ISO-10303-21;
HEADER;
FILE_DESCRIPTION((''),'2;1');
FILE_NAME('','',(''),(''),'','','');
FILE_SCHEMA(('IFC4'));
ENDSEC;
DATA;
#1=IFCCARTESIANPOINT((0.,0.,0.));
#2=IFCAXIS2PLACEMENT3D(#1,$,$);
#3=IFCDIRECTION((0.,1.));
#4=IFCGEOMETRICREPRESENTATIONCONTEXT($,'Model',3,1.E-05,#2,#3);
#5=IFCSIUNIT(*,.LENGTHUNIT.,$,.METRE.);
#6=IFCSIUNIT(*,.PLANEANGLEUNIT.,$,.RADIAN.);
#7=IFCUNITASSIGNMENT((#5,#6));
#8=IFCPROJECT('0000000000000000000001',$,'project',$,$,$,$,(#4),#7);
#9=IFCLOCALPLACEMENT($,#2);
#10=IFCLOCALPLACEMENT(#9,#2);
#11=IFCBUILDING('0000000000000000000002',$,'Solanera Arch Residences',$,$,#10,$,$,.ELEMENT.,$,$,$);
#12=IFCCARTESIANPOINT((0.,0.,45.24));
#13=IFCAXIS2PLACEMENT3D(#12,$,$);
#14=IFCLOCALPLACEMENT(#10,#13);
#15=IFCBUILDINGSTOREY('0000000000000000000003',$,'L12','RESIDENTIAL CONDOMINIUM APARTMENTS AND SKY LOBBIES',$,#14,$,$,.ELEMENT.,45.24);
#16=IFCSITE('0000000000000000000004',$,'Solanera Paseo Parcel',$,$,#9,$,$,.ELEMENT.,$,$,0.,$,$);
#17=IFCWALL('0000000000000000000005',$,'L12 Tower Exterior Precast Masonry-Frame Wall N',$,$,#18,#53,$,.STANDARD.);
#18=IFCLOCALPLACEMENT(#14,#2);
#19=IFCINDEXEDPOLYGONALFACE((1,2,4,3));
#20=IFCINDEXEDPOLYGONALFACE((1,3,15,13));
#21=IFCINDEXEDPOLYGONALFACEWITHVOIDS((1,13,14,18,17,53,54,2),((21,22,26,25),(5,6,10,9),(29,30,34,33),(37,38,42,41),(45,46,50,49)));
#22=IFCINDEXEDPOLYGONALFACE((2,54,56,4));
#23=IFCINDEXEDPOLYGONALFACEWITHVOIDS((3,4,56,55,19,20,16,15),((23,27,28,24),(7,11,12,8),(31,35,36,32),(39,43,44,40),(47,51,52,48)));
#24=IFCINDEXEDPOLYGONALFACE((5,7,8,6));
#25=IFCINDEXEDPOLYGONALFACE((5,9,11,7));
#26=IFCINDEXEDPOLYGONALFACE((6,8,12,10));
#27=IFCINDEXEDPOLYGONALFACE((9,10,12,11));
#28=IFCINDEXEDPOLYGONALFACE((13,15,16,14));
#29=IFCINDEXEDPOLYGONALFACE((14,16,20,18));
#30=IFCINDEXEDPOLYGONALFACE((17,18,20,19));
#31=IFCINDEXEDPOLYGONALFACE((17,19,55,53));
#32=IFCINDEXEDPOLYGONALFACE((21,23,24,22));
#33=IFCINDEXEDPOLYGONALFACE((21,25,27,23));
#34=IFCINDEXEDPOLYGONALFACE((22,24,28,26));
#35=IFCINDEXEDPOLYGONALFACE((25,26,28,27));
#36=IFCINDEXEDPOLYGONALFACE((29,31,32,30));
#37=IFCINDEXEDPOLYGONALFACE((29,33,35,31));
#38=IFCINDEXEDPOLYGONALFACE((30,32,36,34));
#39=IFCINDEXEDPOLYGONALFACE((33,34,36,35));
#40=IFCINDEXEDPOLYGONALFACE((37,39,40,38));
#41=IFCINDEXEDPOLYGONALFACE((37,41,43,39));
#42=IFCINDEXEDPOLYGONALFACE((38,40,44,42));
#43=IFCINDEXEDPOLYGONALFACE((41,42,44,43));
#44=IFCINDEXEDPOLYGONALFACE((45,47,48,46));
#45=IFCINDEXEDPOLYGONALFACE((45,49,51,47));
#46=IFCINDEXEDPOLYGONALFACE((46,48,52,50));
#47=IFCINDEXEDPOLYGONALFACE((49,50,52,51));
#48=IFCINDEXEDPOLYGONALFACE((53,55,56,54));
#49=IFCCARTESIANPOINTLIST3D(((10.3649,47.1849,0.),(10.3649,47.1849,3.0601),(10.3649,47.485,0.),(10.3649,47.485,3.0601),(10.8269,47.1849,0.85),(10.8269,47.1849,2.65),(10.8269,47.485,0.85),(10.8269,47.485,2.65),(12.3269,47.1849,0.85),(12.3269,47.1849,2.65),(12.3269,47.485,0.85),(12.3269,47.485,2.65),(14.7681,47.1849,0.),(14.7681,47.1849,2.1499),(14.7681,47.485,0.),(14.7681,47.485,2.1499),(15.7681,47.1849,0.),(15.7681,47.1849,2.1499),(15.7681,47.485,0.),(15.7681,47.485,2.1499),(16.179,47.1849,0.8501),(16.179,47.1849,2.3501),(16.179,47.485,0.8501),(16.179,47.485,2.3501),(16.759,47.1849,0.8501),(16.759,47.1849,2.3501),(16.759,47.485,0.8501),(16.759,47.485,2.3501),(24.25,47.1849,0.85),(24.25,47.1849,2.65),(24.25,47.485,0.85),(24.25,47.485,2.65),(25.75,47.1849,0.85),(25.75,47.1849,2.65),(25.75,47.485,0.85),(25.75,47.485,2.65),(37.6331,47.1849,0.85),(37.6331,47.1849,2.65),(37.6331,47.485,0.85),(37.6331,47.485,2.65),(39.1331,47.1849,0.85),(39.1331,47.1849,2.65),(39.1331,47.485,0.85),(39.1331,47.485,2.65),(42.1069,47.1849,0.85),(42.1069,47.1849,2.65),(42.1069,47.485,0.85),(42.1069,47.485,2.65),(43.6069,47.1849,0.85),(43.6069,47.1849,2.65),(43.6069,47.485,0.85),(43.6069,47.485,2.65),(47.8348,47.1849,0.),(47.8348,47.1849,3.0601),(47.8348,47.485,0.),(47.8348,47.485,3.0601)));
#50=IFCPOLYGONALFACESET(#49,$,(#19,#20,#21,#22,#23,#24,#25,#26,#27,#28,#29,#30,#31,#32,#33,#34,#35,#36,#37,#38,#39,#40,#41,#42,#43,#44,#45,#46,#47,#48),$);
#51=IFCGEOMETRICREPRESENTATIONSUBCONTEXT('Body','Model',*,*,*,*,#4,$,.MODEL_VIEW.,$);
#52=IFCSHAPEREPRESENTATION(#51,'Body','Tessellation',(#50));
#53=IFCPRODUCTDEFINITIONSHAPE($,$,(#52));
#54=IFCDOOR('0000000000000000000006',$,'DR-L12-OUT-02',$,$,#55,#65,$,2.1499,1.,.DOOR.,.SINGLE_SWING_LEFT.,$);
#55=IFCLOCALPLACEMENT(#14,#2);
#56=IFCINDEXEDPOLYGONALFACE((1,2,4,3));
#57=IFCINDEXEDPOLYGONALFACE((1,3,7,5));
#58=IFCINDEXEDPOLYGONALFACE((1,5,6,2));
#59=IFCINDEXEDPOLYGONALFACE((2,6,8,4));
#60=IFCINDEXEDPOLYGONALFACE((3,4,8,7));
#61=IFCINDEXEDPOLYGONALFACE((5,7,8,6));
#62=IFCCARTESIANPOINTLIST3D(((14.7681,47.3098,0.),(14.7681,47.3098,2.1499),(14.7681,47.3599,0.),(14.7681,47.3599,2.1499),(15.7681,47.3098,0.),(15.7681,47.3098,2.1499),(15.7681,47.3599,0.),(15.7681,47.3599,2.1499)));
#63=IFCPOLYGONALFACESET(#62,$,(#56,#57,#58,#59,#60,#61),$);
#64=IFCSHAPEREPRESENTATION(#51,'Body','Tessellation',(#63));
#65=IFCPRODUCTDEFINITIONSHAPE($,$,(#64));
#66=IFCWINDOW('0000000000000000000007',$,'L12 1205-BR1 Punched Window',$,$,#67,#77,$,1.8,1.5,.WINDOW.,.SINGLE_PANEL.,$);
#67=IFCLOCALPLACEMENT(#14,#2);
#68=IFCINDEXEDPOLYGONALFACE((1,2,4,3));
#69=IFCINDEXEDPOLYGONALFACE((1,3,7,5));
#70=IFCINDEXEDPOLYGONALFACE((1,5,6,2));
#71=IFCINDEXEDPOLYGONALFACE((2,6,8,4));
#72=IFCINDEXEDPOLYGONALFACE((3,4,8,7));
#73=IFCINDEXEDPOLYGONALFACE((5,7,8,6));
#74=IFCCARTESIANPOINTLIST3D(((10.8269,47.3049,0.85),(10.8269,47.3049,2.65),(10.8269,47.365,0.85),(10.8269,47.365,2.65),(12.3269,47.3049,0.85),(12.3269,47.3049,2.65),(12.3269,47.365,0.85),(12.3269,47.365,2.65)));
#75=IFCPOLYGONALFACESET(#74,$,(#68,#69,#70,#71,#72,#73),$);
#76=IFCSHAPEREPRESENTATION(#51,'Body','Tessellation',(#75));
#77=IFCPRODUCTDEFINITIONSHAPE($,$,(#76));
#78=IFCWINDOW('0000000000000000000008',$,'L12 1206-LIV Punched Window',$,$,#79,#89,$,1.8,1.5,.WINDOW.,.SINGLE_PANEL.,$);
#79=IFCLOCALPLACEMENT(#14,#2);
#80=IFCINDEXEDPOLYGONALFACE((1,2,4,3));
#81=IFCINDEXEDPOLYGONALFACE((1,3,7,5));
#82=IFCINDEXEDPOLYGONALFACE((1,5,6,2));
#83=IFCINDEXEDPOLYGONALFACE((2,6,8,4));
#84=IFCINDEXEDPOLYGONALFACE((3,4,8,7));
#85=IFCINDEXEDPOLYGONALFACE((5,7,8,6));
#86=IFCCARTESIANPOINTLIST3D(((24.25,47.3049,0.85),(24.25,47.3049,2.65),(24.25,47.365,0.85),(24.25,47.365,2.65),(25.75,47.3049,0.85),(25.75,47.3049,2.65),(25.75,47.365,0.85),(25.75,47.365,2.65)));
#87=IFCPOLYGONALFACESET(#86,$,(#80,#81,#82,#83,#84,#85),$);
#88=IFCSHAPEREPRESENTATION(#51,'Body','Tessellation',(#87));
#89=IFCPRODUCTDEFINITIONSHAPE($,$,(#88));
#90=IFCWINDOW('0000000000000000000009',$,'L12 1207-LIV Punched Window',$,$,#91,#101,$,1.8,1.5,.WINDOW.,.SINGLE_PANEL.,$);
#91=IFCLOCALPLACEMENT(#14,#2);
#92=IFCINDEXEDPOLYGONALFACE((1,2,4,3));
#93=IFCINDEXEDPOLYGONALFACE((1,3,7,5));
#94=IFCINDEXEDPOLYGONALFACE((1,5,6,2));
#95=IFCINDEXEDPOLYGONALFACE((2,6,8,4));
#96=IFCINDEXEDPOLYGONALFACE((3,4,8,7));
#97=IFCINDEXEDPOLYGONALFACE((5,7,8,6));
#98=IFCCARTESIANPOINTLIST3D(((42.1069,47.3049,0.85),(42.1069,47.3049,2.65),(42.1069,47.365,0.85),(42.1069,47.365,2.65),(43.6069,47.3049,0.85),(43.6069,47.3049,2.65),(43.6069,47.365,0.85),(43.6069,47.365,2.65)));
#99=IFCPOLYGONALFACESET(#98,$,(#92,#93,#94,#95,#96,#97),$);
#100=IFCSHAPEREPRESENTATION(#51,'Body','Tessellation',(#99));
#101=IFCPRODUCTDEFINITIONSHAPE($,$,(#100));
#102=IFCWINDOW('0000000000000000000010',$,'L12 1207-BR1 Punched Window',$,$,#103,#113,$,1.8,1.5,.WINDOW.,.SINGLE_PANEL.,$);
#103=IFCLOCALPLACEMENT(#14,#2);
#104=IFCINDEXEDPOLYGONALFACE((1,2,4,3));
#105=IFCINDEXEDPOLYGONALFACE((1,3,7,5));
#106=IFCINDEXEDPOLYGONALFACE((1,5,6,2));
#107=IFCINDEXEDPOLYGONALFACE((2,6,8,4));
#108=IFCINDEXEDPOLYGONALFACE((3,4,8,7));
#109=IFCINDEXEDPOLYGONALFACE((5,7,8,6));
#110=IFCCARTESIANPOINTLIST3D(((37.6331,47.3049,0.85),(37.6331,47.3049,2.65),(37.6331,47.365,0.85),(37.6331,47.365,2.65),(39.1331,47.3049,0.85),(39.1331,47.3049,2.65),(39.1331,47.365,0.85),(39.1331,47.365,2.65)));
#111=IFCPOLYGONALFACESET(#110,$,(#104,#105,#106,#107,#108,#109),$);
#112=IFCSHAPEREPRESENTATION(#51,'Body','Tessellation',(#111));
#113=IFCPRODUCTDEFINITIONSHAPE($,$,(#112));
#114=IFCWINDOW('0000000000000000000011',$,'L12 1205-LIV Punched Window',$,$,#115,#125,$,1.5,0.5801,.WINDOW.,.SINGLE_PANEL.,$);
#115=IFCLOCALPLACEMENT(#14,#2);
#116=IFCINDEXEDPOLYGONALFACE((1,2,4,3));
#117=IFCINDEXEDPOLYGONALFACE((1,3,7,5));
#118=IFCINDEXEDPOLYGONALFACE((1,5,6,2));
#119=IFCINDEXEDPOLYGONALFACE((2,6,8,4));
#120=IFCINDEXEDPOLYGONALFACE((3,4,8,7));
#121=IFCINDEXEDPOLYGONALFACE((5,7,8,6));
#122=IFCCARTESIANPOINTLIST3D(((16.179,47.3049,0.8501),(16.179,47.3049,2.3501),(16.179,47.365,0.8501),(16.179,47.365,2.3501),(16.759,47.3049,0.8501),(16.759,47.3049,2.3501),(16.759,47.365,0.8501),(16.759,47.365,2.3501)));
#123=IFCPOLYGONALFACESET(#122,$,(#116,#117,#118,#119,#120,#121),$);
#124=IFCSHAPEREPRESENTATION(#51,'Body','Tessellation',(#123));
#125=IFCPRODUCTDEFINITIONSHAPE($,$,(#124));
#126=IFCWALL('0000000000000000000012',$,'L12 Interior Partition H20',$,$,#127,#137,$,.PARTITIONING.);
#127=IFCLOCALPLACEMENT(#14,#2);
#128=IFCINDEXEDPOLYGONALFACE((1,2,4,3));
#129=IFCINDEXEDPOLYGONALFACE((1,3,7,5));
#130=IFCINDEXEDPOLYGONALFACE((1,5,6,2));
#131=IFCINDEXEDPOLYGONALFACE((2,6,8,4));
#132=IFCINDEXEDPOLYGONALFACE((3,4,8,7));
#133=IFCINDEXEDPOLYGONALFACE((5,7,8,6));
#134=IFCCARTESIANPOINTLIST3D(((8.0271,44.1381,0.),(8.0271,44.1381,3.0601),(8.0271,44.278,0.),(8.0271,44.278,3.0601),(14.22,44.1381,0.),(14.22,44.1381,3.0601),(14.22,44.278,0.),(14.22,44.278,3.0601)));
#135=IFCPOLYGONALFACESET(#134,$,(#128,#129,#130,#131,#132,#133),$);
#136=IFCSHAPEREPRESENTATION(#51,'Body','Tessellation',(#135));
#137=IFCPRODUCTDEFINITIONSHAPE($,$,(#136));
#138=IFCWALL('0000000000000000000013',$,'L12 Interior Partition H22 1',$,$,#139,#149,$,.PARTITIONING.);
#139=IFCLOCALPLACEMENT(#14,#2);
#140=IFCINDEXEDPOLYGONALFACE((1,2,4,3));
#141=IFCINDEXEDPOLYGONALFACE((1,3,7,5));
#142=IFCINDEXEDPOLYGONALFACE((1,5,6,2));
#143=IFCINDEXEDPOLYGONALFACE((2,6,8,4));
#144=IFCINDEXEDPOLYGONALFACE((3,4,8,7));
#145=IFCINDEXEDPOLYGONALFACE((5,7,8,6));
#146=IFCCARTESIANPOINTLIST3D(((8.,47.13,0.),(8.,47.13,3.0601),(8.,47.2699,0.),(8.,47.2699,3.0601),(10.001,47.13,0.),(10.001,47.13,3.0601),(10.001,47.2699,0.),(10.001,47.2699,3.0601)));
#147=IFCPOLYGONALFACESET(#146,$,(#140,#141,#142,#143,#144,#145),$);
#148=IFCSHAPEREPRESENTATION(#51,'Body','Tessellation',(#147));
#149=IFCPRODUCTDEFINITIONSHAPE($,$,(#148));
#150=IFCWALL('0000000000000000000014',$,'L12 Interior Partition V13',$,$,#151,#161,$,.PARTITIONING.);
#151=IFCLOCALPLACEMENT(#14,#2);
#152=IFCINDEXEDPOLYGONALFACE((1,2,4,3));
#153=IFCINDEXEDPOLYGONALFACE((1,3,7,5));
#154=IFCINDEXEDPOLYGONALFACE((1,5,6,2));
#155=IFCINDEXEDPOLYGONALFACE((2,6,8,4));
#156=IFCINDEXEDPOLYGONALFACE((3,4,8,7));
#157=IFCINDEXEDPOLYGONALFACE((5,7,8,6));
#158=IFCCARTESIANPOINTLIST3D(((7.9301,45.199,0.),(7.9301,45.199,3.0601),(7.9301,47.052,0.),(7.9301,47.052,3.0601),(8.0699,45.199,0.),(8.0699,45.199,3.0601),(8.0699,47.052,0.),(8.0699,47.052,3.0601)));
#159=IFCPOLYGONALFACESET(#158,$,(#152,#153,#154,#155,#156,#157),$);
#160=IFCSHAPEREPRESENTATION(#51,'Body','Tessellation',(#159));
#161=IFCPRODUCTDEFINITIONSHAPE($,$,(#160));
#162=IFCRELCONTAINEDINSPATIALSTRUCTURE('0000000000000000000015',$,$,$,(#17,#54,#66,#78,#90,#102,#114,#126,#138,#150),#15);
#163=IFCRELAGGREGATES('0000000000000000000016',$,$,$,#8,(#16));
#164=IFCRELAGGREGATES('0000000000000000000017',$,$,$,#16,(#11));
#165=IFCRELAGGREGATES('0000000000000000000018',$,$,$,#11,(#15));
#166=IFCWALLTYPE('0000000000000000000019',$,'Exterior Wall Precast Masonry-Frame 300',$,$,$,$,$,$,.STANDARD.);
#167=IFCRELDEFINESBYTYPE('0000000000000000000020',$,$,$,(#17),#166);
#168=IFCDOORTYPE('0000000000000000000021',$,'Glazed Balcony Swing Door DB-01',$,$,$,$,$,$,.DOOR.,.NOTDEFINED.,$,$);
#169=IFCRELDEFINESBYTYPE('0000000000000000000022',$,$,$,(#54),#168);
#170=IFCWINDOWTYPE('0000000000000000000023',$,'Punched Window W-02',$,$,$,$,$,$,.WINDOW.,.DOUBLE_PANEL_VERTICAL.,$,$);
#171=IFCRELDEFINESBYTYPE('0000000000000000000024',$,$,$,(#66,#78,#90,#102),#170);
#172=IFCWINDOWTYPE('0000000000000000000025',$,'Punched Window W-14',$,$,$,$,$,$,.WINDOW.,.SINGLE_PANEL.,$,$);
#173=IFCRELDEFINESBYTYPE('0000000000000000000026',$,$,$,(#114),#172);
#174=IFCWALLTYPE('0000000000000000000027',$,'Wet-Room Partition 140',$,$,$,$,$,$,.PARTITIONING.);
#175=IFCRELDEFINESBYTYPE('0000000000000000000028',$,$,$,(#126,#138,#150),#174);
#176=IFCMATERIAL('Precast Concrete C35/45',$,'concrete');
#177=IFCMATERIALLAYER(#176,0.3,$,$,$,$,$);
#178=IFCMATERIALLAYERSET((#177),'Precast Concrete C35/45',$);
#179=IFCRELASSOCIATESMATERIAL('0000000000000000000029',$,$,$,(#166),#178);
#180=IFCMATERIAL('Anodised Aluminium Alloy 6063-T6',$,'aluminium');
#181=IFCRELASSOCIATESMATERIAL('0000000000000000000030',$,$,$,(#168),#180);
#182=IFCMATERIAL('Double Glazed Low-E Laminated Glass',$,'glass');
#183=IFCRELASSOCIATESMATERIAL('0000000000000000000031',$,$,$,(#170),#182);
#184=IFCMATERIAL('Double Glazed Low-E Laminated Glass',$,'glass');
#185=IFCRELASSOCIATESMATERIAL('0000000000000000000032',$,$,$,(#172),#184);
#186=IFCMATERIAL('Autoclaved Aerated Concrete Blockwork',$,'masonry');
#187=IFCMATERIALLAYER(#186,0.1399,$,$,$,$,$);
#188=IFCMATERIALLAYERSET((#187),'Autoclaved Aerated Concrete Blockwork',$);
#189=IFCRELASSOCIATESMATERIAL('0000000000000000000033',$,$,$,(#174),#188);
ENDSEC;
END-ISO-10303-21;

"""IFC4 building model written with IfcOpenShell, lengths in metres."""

from ifc_helpers import new_model, si_unit, direction, frame, frame_2d, origin, place, context, subcontext, project, spatial, rectangle, extrude, material, layer, layer_set, type_object, element, fill, save


model = new_model("IFC4")

# Units and contexts
model_context = context("Model", 3, precision=1e-05, world=origin(), true_north=direction((0.0, 1.0)))
body_context = subcontext(model_context, "Body", "Model", "MODEL_VIEW")
ifc_project = project(units=[si_unit("LENGTHUNIT", "METRE"), si_unit("PLANEANGLEUNIT", "RADIAN")], contexts=[model_context])

# Site, building, storey
site_placement = place(None, origin())
site = spatial("IfcSite", under=ifc_project, at=site_placement, Name="Solanera Paseo Parcel", CompositionType="ELEMENT", RefElevation=0.0)
building_placement = place(site_placement, origin())
building = spatial("IfcBuilding", under=site, at=building_placement, Name="Solanera Arch Residences", CompositionType="ELEMENT")
storey_placement = place(building_placement, frame((0.0, 0.0, 45.24)))
storey = spatial("IfcBuildingStorey", under=building, at=storey_placement, Name="L12", Description="RESIDENTIAL CONDOMINIUM APARTMENTS AND SKY LOBBIES", CompositionType="ELEMENT", Elevation=45.24)

# Shared definitions
ifc_material_1 = material(Name="Precast Concrete C35/45", Category="concrete")
ifc_layer_1 = layer(ifc_material_1, 0.3)
ifc_layer_set_1 = layer_set([ifc_layer_1], Name="Precast Concrete C35/45")
wall_type_1 = type_object("IfcWallType", Name="Exterior Wall Precast Masonry-Frame 300", PredefinedType="STANDARD", material=ifc_layer_set_1)

# Wall, openings, door, windows
wall_1_placement = place(storey_placement, frame((10.365, 47.335, 0.0), z_axis=(0.0, 0.0, 1.0), x_axis=(1.0, 0.0, 0.0)))
wall_1 = element("IfcWall", 1, at=wall_1_placement, inside=storey, type_object=wall_type_1, Name="L12 Tower Exterior Precast Masonry-Frame Wall N", PredefinedType="STANDARD", context=body_context, shape_type="SweptSolid", body=[
    extrude(rectangle(XDim=37.47, YDim=0.3, at=frame_2d((18.7349, 0.0))), origin(), (0.0, 0.0, 1.0), 3.0601),
])
opening_1_placement = place(wall_1_placement, frame((4.4031, 0.0, 0.0)))
opening_1 = element("IfcOpeningElement", 2, at=opening_1_placement, cuts=wall_1, PredefinedType="OPENING", context=body_context, shape_type="SweptSolid", body=[
    extrude(rectangle(XDim=1.0, YDim=2.1499, at=frame_2d((0.5, 1.075))), frame((0.0, 0.1599, 0.0), z_axis=(0.0, -1.0, 0.0), x_axis=(1.0, 0.0, 0.0)), (0.0, 0.0, 1.0), 0.32),
])
opening_2_placement = place(wall_1_placement, frame((5.814, 0.0, 0.8501)))
opening_2 = element("IfcOpeningElement", 3, at=opening_2_placement, cuts=wall_1, PredefinedType="OPENING", context=body_context, shape_type="SweptSolid", body=[
    extrude(rectangle(XDim=0.5801, YDim=1.5, at=frame_2d((0.29, 0.75))), frame((0.0, 0.1599, 0.0), z_axis=(0.0, -1.0, 0.0), x_axis=(1.0, 0.0, 0.0)), (0.0, 0.0, 1.0), 0.32),
])
opening_3_placement = place(wall_1_placement, frame((0.4619, 0.0, 0.8501)))
opening_3 = element("IfcOpeningElement", 4, at=opening_3_placement, cuts=wall_1, PredefinedType="OPENING", context=body_context, shape_type="SweptSolid", body=[
    extrude(rectangle(XDim=1.5, YDim=1.8, at=frame_2d((0.75, 0.8999))), frame((0.0, 0.1599, 0.0), z_axis=(0.0, -1.0, 0.0), x_axis=(1.0, 0.0, 0.0)), (0.0, 0.0, 1.0), 0.32),
])
opening_4_placement = place(wall_1_placement, frame((13.885, 0.0, 0.8501)))
opening_4 = element("IfcOpeningElement", 5, at=opening_4_placement, cuts=wall_1, PredefinedType="OPENING", context=body_context, shape_type="SweptSolid", body=[
    extrude(rectangle(XDim=1.5, YDim=1.8, at=frame_2d((0.75, 0.8999))), frame((0.0, 0.1599, 0.0), z_axis=(0.0, -1.0, 0.0), x_axis=(1.0, 0.0, 0.0)), (0.0, 0.0, 1.0), 0.32),
])
opening_5_placement = place(wall_1_placement, frame((31.7419, 0.0, 0.8501)))
opening_5 = element("IfcOpeningElement", 6, at=opening_5_placement, cuts=wall_1, PredefinedType="OPENING", context=body_context, shape_type="SweptSolid", body=[
    extrude(rectangle(XDim=1.5, YDim=1.8, at=frame_2d((0.75, 0.8999))), frame((0.0, 0.1599, 0.0), z_axis=(0.0, -1.0, 0.0), x_axis=(1.0, 0.0, 0.0)), (0.0, 0.0, 1.0), 0.32),
])
opening_6_placement = place(wall_1_placement, frame((27.2681, 0.0, 0.8501)))
opening_6 = element("IfcOpeningElement", 7, at=opening_6_placement, cuts=wall_1, PredefinedType="OPENING", context=body_context, shape_type="SweptSolid", body=[
    extrude(rectangle(XDim=1.5, YDim=1.8, at=frame_2d((0.75, 0.8999))), frame((0.0, 0.1599, 0.0), z_axis=(0.0, -1.0, 0.0), x_axis=(1.0, 0.0, 0.0)), (0.0, 0.0, 1.0), 0.32),
])
ifc_material_2 = material(Name="Anodised Aluminium Alloy 6063-T6", Category="aluminium")
door_type_1 = type_object("IfcDoorType", Name="Glazed Balcony Swing Door DB-01", OperationType="NOTDEFINED", PredefinedType="DOOR", material=ifc_material_2)
door_1_placement = place(opening_1_placement, origin())
door_1 = element("IfcDoor", 8, at=door_1_placement, inside=storey, type_object=door_type_1, Name="DR-L12-OUT-02", OperationType="SINGLE_SWING_LEFT", OverallHeight=2.1499, OverallWidth=1.0, PredefinedType="DOOR", context=body_context, shape_type="SweptSolid", body=[
    extrude(rectangle(XDim=1.0, YDim=2.1499, at=frame_2d((0.5, 1.075))), frame((0.0, 0.0249, 0.0), z_axis=(0.0, -1.0, 0.0), x_axis=(1.0, 0.0, 0.0)), (0.0, 0.0, 1.0), 0.05),
])
fill(opening_1, door_1)
ifc_material_3 = material(Name="Double Glazed Low-E Laminated Glass", Category="glass")
window_type_1 = type_object("IfcWindowType", Name="Punched Window W-02", PartitioningType="DOUBLE_PANEL_VERTICAL", PredefinedType="WINDOW", material=ifc_material_3)
window_1_placement = place(opening_3_placement, origin())
window_1 = element("IfcWindow", 9, at=window_1_placement, inside=storey, type_object=window_type_1, Name="L12 1205-BR1 Punched Window", OverallHeight=1.8, OverallWidth=1.5, PartitioningType="SINGLE_PANEL", PredefinedType="WINDOW", context=body_context, shape_type="SweptSolid", body=[
    extrude(rectangle(XDim=1.5, YDim=1.8, at=frame_2d((0.75, 0.8999))), frame((0.0, 0.03, 0.0), z_axis=(0.0, -1.0, 0.0), x_axis=(1.0, 0.0, 0.0)), (0.0, 0.0, 1.0), 0.0601),
])
fill(opening_3, window_1)
window_2_placement = place(opening_4_placement, origin())
window_2 = element("IfcWindow", 10, at=window_2_placement, inside=storey, type_object=window_type_1, Name="L12 1206-LIV Punched Window", OverallHeight=1.8, OverallWidth=1.5, PartitioningType="SINGLE_PANEL", PredefinedType="WINDOW", context=body_context, shape_type="SweptSolid", body=[
    extrude(rectangle(XDim=1.5, YDim=1.8, at=frame_2d((0.75, 0.8999))), frame((0.0, 0.03, 0.0), z_axis=(0.0, -1.0, 0.0), x_axis=(1.0, 0.0, 0.0)), (0.0, 0.0, 1.0), 0.0601),
])
fill(opening_4, window_2)
window_3_placement = place(opening_5_placement, origin())
window_3 = element("IfcWindow", 11, at=window_3_placement, inside=storey, type_object=window_type_1, Name="L12 1207-LIV Punched Window", OverallHeight=1.8, OverallWidth=1.5, PartitioningType="SINGLE_PANEL", PredefinedType="WINDOW", context=body_context, shape_type="SweptSolid", body=[
    extrude(rectangle(XDim=1.5, YDim=1.8, at=frame_2d((0.75, 0.8999))), frame((0.0, 0.03, 0.0), z_axis=(0.0, -1.0, 0.0), x_axis=(1.0, 0.0, 0.0)), (0.0, 0.0, 1.0), 0.0601),
])
fill(opening_5, window_3)
window_4_placement = place(opening_6_placement, origin())
window_4 = element("IfcWindow", 12, at=window_4_placement, inside=storey, type_object=window_type_1, Name="L12 1207-BR1 Punched Window", OverallHeight=1.8, OverallWidth=1.5, PartitioningType="SINGLE_PANEL", PredefinedType="WINDOW", context=body_context, shape_type="SweptSolid", body=[
    extrude(rectangle(XDim=1.5, YDim=1.8, at=frame_2d((0.75, 0.8999))), frame((0.0, 0.03, 0.0), z_axis=(0.0, -1.0, 0.0), x_axis=(1.0, 0.0, 0.0)), (0.0, 0.0, 1.0), 0.0601),
])
fill(opening_6, window_4)
ifc_material_4 = material(Name="Double Glazed Low-E Laminated Glass", Category="glass")
window_type_2 = type_object("IfcWindowType", Name="Punched Window W-14", PartitioningType="SINGLE_PANEL", PredefinedType="WINDOW", material=ifc_material_4)
window_5_placement = place(opening_2_placement, origin())
window_5 = element("IfcWindow", 13, at=window_5_placement, inside=storey, type_object=window_type_2, Name="L12 1205-LIV Punched Window", OverallHeight=1.5, OverallWidth=0.5801, PartitioningType="SINGLE_PANEL", PredefinedType="WINDOW", context=body_context, shape_type="SweptSolid", body=[
    extrude(rectangle(XDim=0.5801, YDim=1.5, at=frame_2d((0.29, 0.75))), frame((0.0, 0.03, 0.0), z_axis=(0.0, -1.0, 0.0), x_axis=(1.0, 0.0, 0.0)), (0.0, 0.0, 1.0), 0.0601),
])
fill(opening_2, window_5)

# Walls
ifc_material_5 = material(Name="Autoclaved Aerated Concrete Blockwork", Category="masonry")
ifc_layer_2 = layer(ifc_material_5, 0.1399)
ifc_layer_set_2 = layer_set([ifc_layer_2], Name="Autoclaved Aerated Concrete Blockwork")
wall_type_2 = type_object("IfcWallType", Name="Wet-Room Partition 140", PredefinedType="PARTITIONING", material=ifc_layer_set_2)
wall_2_placement = place(storey_placement, frame((8.0271, 44.208, 0.0), z_axis=(0.0, 0.0, 1.0), x_axis=(1.0, 0.0, 0.0)))
element("IfcWall", 14, at=wall_2_placement, inside=storey, type_object=wall_type_2, Name="L12 Interior Partition H20", PredefinedType="PARTITIONING", context=body_context, shape_type="SweptSolid", body=[
    extrude(rectangle(XDim=6.1929, YDim=0.1399, at=frame_2d((3.0964, 0.0))), origin(), (0.0, 0.0, 1.0), 3.0601),
])
wall_3_placement = place(storey_placement, frame((8.0, 47.2, 0.0), z_axis=(0.0, 0.0, 1.0), x_axis=(1.0, 0.0, 0.0)))
element("IfcWall", 15, at=wall_3_placement, inside=storey, type_object=wall_type_2, Name="L12 Interior Partition H22 1", PredefinedType="PARTITIONING", context=body_context, shape_type="SweptSolid", body=[
    extrude(rectangle(XDim=2.001, YDim=0.1399, at=frame_2d((1.0005, 0.0))), origin(), (0.0, 0.0, 1.0), 3.0601),
])
wall_4_placement = place(storey_placement, frame((8.0, 45.199, 0.0), z_axis=(0.0, 0.0, 1.0), x_axis=(0.0, 1.0, 0.0)))
element("IfcWall", 16, at=wall_4_placement, inside=storey, type_object=wall_type_2, Name="L12 Interior Partition V13", PredefinedType="PARTITIONING", context=body_context, shape_type="SweptSolid", body=[
    extrude(rectangle(XDim=1.853, YDim=0.1399, at=frame_2d((0.9265, 0.0))), origin(), (0.0, 0.0, 1.0), 3.0601),
])

save(model, "model.ifc")
